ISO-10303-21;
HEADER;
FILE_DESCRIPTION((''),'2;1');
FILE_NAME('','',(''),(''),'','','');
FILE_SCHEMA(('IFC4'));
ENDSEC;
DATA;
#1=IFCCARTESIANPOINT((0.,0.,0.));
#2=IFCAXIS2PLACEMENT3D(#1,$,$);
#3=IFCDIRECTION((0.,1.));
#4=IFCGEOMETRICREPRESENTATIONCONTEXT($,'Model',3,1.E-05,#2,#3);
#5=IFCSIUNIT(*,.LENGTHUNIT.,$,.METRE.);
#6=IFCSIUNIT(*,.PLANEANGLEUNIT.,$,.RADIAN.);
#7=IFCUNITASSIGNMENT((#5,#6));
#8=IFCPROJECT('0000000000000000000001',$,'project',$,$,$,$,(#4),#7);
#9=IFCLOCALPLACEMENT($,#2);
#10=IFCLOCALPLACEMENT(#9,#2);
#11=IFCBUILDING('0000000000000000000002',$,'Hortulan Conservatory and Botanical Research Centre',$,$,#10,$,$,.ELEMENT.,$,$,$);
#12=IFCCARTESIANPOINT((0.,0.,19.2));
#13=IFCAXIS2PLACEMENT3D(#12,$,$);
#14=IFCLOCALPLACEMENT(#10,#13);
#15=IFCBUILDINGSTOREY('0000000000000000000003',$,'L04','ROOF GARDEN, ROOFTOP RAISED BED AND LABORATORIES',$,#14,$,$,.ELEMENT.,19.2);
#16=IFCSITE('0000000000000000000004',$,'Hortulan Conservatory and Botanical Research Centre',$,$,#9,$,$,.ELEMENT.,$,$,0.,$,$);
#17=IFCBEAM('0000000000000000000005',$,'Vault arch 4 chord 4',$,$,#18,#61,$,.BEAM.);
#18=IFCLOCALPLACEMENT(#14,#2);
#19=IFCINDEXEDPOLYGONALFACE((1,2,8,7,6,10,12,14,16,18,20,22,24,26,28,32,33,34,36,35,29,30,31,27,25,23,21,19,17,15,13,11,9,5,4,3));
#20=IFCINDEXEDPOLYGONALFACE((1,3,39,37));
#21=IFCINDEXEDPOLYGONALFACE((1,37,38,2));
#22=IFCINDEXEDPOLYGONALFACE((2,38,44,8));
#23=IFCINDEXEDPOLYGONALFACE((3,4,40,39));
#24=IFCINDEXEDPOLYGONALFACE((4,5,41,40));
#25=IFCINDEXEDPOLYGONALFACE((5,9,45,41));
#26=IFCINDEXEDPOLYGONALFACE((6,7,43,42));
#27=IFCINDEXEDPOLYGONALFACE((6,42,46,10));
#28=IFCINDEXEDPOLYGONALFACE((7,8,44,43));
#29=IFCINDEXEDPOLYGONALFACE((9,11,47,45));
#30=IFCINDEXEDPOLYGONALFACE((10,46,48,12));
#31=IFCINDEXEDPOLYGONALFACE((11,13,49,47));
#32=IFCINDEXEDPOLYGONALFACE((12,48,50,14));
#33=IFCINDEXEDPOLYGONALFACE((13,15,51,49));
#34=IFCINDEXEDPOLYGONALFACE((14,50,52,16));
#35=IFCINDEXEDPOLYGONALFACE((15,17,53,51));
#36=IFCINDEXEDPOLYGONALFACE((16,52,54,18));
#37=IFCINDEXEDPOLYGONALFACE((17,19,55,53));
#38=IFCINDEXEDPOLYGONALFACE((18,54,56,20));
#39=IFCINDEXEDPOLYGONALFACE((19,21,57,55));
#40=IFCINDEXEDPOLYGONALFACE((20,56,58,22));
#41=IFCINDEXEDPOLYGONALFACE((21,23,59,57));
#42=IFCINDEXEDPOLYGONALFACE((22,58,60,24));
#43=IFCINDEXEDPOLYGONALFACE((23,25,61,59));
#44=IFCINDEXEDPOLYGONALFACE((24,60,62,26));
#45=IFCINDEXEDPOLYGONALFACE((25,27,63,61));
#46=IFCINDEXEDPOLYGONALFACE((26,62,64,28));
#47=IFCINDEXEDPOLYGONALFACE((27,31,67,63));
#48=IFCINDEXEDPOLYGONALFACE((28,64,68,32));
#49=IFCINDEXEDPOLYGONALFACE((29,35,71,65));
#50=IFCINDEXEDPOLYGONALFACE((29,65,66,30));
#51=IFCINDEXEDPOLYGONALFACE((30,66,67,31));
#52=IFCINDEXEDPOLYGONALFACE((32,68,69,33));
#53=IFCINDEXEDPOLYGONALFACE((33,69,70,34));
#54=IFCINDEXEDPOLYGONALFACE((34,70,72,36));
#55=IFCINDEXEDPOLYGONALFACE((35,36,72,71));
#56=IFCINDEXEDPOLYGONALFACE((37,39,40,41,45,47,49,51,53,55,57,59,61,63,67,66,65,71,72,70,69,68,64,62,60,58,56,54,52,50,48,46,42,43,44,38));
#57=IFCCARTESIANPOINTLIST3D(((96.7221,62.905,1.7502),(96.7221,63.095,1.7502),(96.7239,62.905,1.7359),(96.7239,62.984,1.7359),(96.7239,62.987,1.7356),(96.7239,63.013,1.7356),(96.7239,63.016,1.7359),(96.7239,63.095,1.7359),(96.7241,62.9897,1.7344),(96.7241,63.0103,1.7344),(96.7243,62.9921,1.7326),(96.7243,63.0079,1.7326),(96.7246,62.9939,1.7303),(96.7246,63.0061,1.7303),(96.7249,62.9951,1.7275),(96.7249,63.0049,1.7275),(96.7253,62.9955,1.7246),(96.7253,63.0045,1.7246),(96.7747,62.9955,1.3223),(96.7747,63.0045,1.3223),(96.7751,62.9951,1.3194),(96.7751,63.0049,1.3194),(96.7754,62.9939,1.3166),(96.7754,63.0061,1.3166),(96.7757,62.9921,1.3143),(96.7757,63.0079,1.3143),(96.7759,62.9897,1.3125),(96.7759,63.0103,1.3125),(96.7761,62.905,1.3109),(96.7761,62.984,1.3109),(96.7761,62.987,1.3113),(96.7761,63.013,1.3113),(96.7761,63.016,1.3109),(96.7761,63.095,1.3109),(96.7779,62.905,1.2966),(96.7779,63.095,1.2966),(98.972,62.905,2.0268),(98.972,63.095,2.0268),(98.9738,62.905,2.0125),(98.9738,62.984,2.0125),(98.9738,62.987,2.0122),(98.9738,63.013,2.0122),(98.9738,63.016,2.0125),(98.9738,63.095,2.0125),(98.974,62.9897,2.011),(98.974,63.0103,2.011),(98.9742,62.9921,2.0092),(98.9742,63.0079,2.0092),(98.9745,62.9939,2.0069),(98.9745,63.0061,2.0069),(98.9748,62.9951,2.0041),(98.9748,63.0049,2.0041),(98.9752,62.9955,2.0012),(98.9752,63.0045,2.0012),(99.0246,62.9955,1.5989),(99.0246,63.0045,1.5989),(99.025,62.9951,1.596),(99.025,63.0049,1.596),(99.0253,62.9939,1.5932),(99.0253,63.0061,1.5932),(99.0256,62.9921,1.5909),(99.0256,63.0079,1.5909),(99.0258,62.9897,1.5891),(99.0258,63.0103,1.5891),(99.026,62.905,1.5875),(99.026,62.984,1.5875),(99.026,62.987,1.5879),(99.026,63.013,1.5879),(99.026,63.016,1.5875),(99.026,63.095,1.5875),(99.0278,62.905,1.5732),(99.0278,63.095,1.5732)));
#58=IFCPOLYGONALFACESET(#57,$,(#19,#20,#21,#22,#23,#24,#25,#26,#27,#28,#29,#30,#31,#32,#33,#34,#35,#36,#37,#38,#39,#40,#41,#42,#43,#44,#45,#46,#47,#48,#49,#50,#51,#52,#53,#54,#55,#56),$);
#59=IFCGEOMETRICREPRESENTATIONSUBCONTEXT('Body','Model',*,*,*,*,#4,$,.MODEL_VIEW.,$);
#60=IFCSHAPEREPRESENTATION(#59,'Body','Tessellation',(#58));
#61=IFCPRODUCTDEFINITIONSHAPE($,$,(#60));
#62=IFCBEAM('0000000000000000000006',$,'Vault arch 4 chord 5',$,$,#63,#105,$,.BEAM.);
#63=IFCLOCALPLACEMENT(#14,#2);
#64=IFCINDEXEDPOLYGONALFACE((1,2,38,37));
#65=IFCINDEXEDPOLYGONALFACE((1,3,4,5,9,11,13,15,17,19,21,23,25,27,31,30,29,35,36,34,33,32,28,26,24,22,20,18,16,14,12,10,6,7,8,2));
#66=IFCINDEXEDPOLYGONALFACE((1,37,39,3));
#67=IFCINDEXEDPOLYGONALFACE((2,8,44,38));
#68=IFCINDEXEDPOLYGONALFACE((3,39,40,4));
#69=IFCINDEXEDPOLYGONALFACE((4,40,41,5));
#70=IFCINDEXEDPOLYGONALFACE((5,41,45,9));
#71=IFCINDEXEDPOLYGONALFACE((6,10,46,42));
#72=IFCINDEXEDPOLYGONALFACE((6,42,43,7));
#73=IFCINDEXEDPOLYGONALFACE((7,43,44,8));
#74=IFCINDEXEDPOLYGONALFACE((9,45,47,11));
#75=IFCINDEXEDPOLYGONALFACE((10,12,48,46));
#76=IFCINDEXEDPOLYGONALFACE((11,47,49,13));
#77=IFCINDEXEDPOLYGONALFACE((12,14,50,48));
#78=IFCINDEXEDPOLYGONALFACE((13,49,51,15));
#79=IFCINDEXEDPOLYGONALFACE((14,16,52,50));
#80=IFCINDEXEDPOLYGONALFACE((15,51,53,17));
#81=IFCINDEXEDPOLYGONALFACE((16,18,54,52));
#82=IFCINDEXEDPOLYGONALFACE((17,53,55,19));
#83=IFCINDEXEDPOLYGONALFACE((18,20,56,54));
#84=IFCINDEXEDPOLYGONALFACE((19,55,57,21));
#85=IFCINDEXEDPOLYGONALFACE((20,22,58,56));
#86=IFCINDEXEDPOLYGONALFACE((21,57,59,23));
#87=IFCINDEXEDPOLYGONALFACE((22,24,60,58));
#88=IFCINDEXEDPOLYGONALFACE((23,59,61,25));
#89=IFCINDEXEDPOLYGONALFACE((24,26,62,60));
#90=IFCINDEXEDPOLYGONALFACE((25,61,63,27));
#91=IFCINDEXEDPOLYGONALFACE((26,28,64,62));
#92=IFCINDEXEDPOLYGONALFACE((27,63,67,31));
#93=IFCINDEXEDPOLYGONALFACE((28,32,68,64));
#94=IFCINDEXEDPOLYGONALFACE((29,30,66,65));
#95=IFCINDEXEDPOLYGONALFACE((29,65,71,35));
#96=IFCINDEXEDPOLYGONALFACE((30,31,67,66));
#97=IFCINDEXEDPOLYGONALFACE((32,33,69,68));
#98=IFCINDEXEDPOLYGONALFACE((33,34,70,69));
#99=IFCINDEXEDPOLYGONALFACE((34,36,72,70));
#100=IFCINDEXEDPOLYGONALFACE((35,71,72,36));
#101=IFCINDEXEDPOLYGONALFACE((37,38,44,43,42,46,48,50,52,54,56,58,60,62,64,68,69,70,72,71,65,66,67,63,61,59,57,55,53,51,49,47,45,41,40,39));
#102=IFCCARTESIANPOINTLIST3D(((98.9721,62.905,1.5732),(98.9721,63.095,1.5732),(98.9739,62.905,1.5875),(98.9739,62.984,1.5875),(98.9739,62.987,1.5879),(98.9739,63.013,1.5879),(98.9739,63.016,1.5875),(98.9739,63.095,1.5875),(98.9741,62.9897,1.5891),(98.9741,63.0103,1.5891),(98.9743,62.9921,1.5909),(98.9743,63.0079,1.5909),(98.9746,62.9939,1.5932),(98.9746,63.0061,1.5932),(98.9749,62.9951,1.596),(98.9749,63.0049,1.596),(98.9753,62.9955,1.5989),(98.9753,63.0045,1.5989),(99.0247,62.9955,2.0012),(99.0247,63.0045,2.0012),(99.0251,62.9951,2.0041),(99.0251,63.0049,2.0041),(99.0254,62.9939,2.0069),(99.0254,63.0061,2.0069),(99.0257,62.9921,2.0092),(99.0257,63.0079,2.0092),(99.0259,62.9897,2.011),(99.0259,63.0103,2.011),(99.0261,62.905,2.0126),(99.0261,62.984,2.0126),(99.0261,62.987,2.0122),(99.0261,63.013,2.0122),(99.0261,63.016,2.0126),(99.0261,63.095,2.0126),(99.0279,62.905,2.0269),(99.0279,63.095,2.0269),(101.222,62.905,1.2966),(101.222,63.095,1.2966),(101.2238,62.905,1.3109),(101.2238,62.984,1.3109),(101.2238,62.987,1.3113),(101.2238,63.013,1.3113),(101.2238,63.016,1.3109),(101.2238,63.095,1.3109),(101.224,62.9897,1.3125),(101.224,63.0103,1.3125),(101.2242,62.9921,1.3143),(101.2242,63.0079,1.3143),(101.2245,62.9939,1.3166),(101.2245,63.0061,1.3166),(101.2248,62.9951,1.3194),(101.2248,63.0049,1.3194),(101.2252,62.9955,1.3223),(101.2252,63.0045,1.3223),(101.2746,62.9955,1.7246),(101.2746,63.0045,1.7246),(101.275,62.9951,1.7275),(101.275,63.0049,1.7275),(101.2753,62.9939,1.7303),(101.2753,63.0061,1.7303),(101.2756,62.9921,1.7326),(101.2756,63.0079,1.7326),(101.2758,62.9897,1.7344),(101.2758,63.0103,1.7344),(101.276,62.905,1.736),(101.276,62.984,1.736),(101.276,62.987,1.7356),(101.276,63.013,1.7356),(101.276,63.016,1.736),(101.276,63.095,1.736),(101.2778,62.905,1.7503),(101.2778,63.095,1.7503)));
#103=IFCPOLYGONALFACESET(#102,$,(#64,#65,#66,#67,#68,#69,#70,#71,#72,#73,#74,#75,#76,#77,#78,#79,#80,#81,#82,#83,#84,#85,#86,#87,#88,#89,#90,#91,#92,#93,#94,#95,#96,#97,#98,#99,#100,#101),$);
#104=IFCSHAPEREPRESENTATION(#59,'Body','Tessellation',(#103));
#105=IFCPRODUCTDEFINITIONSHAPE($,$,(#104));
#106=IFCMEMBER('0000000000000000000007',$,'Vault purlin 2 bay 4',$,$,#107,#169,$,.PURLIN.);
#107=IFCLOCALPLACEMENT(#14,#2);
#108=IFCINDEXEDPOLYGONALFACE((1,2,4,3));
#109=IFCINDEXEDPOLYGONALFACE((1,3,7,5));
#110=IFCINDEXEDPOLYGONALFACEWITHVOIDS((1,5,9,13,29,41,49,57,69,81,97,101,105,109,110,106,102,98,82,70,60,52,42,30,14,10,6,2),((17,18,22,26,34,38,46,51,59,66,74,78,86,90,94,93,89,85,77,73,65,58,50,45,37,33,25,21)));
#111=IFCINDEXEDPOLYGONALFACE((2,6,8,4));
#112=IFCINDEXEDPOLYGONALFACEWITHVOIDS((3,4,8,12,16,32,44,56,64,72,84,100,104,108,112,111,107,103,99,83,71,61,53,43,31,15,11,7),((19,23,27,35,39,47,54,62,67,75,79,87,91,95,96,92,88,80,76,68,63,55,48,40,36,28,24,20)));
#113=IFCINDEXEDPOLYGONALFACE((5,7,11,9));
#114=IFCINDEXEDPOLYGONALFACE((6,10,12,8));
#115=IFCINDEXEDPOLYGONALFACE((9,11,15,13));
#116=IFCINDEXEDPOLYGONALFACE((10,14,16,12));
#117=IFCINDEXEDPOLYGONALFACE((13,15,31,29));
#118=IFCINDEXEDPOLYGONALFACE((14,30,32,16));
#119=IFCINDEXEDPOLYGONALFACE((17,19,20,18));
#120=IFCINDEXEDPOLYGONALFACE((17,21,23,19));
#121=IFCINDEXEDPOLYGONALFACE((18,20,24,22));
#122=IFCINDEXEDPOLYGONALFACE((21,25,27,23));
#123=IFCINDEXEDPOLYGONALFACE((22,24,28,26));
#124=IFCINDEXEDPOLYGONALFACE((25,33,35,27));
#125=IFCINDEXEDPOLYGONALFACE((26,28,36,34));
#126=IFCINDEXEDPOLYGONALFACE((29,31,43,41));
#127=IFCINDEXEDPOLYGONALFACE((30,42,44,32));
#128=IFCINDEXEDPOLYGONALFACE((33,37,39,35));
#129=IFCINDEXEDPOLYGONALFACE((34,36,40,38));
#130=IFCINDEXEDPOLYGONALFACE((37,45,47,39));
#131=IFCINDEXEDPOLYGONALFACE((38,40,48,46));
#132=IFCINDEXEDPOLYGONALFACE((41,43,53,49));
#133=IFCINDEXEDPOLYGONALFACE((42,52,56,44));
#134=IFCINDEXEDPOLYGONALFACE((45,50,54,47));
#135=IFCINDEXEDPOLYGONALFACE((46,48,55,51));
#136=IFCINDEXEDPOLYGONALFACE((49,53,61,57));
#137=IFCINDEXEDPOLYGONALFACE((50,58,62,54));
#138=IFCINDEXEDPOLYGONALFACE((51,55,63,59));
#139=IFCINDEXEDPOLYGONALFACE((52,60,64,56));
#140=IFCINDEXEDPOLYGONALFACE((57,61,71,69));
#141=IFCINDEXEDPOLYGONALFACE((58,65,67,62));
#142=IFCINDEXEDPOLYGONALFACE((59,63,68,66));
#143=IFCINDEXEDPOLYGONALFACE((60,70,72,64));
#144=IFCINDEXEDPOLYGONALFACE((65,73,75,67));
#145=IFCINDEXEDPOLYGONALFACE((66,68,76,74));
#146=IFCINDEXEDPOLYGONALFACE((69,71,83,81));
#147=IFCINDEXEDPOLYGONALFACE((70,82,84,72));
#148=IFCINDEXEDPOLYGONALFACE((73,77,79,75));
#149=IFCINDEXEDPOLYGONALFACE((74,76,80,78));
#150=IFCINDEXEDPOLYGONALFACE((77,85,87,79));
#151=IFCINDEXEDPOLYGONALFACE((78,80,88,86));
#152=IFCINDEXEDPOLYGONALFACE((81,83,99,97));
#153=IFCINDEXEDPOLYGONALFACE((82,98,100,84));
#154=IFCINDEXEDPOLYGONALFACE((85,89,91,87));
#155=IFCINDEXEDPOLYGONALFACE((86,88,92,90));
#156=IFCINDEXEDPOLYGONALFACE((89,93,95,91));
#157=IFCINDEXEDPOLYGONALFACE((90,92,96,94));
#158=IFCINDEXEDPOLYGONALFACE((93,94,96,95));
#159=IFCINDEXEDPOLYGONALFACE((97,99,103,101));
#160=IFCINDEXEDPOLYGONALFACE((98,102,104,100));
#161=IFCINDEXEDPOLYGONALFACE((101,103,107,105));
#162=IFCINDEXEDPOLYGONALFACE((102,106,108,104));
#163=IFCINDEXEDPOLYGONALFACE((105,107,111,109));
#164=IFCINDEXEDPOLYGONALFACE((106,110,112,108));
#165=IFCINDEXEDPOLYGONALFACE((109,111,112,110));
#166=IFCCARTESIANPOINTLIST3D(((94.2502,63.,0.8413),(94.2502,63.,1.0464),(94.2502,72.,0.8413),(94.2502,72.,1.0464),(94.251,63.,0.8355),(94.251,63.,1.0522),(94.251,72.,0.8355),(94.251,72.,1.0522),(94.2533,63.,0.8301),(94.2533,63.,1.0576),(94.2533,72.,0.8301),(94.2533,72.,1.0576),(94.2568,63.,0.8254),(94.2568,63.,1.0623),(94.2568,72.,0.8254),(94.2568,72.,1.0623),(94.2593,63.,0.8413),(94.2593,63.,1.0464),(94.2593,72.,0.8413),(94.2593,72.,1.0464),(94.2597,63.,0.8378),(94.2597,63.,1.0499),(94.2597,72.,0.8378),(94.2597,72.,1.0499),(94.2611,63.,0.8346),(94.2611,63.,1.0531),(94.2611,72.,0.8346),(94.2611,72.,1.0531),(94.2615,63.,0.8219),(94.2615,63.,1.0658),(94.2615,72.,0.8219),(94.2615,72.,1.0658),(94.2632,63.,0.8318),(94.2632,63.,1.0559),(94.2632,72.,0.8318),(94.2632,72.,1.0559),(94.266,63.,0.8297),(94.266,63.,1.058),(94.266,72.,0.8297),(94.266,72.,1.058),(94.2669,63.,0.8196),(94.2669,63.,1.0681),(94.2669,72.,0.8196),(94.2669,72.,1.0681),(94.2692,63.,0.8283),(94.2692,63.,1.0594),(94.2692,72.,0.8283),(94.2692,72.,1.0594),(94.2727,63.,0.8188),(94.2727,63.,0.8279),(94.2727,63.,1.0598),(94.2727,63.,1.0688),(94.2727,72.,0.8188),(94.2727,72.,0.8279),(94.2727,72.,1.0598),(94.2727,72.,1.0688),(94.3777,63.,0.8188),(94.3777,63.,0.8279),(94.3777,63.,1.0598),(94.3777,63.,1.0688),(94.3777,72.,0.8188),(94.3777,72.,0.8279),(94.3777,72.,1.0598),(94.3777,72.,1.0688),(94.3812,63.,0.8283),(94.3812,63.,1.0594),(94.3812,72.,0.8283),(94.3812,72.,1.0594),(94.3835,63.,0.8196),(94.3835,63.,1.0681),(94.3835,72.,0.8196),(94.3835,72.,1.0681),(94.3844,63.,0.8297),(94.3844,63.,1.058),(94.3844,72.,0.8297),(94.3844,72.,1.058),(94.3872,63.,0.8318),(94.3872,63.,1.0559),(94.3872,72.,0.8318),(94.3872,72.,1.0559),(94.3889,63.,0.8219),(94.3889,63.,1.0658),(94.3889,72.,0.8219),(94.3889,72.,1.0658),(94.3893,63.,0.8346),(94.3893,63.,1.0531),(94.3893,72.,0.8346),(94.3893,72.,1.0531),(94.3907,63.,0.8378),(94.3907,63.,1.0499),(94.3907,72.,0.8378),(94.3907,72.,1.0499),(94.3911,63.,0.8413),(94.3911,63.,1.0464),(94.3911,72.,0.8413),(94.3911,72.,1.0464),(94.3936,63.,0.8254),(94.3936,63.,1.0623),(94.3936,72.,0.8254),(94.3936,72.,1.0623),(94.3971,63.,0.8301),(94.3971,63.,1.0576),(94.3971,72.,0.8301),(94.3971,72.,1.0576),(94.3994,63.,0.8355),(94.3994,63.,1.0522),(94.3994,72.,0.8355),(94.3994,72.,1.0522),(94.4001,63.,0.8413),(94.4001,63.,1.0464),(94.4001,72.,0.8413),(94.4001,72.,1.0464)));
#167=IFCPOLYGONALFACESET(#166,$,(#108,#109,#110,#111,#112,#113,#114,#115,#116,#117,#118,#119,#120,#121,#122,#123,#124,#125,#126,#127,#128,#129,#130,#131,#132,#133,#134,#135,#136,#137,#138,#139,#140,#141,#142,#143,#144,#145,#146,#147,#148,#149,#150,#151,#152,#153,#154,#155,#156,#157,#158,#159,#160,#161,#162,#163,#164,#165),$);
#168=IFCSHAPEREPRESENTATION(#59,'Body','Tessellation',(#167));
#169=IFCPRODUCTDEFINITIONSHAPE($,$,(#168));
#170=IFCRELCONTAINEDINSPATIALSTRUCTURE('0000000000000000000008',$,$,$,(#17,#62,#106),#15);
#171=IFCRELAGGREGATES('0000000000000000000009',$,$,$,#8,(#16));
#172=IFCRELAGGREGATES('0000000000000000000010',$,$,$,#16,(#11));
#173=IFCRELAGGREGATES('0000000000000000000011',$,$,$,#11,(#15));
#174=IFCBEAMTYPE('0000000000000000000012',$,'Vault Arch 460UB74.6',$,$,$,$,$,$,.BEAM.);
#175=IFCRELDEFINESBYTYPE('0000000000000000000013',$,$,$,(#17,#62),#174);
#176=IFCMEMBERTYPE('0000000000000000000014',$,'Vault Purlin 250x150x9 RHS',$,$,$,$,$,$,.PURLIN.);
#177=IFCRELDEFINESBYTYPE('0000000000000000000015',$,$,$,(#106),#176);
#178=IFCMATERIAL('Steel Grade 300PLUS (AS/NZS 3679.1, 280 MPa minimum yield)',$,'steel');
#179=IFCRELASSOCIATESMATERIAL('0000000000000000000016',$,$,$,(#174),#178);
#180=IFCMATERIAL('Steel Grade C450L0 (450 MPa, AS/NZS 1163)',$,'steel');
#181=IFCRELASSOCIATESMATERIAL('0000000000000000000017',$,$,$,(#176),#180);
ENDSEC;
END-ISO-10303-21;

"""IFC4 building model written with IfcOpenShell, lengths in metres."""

from ifc_helpers import new_model, si_unit, direction, frame, origin, origin_2d, place, context, subcontext, project, spatial, hollow_rectangle, i_section, extrude, material, material_profile, profile_set, type_object, element, save


model = new_model("IFC4")

# Units and contexts
model_context = context("Model", 3, precision=1e-05, world=origin(), true_north=direction((0.0, 1.0)))
body_context = subcontext(model_context, "Body", "Model", "MODEL_VIEW")
ifc_project = project(units=[si_unit("LENGTHUNIT", "METRE"), si_unit("PLANEANGLEUNIT", "RADIAN")], contexts=[model_context])

# Site, building, storey
site_placement = place(None, origin())
site = spatial("IfcSite", under=ifc_project, at=site_placement, Name="Hortulan Conservatory and Botanical Research Centre", CompositionType="ELEMENT", RefElevation=0.0)
building_placement = place(site_placement, origin())
building = spatial("IfcBuilding", under=site, at=building_placement, Name="Hortulan Conservatory and Botanical Research Centre", CompositionType="ELEMENT")
storey_placement = place(building_placement, frame((0.0, 0.0, 19.2)))
storey = spatial("IfcBuildingStorey", under=building, at=storey_placement, Name="L04", Description="ROOF GARDEN, ROOFTOP RAISED BED AND LABORATORIES", CompositionType="ELEMENT", Elevation=19.2)

# Beams
ifc_material_1 = material(Name="Steel Grade 300PLUS (AS/NZS 3679.1, 280 MPa minimum yield)", Category="steel")
ifc_material_profile_1 = material_profile(ifc_material_1, i_section(OverallWidth=0.1899, OverallDepth=0.457, WebThickness=0.009, FlangeThickness=0.0144, FilletRadius=0.0115, at=origin_2d()), Name="460UB74.6")
ifc_profile_set_1 = profile_set([ifc_material_profile_1], Name="Steel Grade 300PLUS (AS/NZS 3679.1, 280 MPa minimum yield)")
beam_type = type_object("IfcBeamType", Name="Vault Arch 460UB74.6", PredefinedType="BEAM", material=ifc_profile_set_1)
for number, where, z_axis, x_axis, name in (
    (1, (96.75, 63.0, 1.5234), (0.992528, 0.0, 0.12202), (0.0, 1.0, 0.0), "Vault arch 4 chord 4"),
    (2, (99.0, 63.0, 1.8), (0.992528, 0.0, -0.12202), (0.0, 1.0, 0.0), "Vault arch 4 chord 5"),
):
    element("IfcBeam", number, at=place(storey_placement, frame(where, z_axis=z_axis, x_axis=x_axis)), inside=storey, type_object=beam_type, Name=name, PredefinedType="BEAM", context=body_context, shape_type="SweptSolid", body=[
        extrude(i_section(OverallWidth=0.1899, OverallDepth=0.457, WebThickness=0.009, FlangeThickness=0.0144, FilletRadius=0.0115, at=origin_2d()), origin(), (0.0, 0.0, 1.0), 2.2668),
    ])

# Member
ifc_material_2 = material(Name="Steel Grade C450L0 (450 MPa, AS/NZS 1163)", Category="steel")
ifc_material_profile_2 = material_profile(ifc_material_2, hollow_rectangle(XDim=0.1499, YDim=0.25, WallThickness=0.009, InnerFilletRadius=0.0134, OuterFilletRadius=0.0225, at=origin_2d()), Name="250x150x9RHS")
ifc_profile_set_2 = profile_set([ifc_material_profile_2], Name="Steel Grade C450L0 (450 MPa, AS/NZS 1163)")
member_type_1 = type_object("IfcMemberType", Name="Vault Purlin 250x150x9 RHS", PredefinedType="PURLIN", material=ifc_profile_set_2)
for number, where, z_axis, x_axis, name in (
    (3, (94.3252, 63.0, 0.9438), (0.0, 1.0, 0.0), (-1.0, 0.0, 0.0), "Vault purlin 2 bay 4"),
):
    element("IfcMember", number, at=place(storey_placement, frame(where, z_axis=z_axis, x_axis=x_axis)), inside=storey, type_object=member_type_1, Name=name, PredefinedType="PURLIN", context=body_context, shape_type="SweptSolid", body=[
        extrude(hollow_rectangle(XDim=0.1499, YDim=0.25, WallThickness=0.009, InnerFilletRadius=0.0134, OuterFilletRadius=0.0225, at=origin_2d()), origin(), (0.0, 0.0, 1.0), 9.0),
    ])

save(model, "model.ifc")
